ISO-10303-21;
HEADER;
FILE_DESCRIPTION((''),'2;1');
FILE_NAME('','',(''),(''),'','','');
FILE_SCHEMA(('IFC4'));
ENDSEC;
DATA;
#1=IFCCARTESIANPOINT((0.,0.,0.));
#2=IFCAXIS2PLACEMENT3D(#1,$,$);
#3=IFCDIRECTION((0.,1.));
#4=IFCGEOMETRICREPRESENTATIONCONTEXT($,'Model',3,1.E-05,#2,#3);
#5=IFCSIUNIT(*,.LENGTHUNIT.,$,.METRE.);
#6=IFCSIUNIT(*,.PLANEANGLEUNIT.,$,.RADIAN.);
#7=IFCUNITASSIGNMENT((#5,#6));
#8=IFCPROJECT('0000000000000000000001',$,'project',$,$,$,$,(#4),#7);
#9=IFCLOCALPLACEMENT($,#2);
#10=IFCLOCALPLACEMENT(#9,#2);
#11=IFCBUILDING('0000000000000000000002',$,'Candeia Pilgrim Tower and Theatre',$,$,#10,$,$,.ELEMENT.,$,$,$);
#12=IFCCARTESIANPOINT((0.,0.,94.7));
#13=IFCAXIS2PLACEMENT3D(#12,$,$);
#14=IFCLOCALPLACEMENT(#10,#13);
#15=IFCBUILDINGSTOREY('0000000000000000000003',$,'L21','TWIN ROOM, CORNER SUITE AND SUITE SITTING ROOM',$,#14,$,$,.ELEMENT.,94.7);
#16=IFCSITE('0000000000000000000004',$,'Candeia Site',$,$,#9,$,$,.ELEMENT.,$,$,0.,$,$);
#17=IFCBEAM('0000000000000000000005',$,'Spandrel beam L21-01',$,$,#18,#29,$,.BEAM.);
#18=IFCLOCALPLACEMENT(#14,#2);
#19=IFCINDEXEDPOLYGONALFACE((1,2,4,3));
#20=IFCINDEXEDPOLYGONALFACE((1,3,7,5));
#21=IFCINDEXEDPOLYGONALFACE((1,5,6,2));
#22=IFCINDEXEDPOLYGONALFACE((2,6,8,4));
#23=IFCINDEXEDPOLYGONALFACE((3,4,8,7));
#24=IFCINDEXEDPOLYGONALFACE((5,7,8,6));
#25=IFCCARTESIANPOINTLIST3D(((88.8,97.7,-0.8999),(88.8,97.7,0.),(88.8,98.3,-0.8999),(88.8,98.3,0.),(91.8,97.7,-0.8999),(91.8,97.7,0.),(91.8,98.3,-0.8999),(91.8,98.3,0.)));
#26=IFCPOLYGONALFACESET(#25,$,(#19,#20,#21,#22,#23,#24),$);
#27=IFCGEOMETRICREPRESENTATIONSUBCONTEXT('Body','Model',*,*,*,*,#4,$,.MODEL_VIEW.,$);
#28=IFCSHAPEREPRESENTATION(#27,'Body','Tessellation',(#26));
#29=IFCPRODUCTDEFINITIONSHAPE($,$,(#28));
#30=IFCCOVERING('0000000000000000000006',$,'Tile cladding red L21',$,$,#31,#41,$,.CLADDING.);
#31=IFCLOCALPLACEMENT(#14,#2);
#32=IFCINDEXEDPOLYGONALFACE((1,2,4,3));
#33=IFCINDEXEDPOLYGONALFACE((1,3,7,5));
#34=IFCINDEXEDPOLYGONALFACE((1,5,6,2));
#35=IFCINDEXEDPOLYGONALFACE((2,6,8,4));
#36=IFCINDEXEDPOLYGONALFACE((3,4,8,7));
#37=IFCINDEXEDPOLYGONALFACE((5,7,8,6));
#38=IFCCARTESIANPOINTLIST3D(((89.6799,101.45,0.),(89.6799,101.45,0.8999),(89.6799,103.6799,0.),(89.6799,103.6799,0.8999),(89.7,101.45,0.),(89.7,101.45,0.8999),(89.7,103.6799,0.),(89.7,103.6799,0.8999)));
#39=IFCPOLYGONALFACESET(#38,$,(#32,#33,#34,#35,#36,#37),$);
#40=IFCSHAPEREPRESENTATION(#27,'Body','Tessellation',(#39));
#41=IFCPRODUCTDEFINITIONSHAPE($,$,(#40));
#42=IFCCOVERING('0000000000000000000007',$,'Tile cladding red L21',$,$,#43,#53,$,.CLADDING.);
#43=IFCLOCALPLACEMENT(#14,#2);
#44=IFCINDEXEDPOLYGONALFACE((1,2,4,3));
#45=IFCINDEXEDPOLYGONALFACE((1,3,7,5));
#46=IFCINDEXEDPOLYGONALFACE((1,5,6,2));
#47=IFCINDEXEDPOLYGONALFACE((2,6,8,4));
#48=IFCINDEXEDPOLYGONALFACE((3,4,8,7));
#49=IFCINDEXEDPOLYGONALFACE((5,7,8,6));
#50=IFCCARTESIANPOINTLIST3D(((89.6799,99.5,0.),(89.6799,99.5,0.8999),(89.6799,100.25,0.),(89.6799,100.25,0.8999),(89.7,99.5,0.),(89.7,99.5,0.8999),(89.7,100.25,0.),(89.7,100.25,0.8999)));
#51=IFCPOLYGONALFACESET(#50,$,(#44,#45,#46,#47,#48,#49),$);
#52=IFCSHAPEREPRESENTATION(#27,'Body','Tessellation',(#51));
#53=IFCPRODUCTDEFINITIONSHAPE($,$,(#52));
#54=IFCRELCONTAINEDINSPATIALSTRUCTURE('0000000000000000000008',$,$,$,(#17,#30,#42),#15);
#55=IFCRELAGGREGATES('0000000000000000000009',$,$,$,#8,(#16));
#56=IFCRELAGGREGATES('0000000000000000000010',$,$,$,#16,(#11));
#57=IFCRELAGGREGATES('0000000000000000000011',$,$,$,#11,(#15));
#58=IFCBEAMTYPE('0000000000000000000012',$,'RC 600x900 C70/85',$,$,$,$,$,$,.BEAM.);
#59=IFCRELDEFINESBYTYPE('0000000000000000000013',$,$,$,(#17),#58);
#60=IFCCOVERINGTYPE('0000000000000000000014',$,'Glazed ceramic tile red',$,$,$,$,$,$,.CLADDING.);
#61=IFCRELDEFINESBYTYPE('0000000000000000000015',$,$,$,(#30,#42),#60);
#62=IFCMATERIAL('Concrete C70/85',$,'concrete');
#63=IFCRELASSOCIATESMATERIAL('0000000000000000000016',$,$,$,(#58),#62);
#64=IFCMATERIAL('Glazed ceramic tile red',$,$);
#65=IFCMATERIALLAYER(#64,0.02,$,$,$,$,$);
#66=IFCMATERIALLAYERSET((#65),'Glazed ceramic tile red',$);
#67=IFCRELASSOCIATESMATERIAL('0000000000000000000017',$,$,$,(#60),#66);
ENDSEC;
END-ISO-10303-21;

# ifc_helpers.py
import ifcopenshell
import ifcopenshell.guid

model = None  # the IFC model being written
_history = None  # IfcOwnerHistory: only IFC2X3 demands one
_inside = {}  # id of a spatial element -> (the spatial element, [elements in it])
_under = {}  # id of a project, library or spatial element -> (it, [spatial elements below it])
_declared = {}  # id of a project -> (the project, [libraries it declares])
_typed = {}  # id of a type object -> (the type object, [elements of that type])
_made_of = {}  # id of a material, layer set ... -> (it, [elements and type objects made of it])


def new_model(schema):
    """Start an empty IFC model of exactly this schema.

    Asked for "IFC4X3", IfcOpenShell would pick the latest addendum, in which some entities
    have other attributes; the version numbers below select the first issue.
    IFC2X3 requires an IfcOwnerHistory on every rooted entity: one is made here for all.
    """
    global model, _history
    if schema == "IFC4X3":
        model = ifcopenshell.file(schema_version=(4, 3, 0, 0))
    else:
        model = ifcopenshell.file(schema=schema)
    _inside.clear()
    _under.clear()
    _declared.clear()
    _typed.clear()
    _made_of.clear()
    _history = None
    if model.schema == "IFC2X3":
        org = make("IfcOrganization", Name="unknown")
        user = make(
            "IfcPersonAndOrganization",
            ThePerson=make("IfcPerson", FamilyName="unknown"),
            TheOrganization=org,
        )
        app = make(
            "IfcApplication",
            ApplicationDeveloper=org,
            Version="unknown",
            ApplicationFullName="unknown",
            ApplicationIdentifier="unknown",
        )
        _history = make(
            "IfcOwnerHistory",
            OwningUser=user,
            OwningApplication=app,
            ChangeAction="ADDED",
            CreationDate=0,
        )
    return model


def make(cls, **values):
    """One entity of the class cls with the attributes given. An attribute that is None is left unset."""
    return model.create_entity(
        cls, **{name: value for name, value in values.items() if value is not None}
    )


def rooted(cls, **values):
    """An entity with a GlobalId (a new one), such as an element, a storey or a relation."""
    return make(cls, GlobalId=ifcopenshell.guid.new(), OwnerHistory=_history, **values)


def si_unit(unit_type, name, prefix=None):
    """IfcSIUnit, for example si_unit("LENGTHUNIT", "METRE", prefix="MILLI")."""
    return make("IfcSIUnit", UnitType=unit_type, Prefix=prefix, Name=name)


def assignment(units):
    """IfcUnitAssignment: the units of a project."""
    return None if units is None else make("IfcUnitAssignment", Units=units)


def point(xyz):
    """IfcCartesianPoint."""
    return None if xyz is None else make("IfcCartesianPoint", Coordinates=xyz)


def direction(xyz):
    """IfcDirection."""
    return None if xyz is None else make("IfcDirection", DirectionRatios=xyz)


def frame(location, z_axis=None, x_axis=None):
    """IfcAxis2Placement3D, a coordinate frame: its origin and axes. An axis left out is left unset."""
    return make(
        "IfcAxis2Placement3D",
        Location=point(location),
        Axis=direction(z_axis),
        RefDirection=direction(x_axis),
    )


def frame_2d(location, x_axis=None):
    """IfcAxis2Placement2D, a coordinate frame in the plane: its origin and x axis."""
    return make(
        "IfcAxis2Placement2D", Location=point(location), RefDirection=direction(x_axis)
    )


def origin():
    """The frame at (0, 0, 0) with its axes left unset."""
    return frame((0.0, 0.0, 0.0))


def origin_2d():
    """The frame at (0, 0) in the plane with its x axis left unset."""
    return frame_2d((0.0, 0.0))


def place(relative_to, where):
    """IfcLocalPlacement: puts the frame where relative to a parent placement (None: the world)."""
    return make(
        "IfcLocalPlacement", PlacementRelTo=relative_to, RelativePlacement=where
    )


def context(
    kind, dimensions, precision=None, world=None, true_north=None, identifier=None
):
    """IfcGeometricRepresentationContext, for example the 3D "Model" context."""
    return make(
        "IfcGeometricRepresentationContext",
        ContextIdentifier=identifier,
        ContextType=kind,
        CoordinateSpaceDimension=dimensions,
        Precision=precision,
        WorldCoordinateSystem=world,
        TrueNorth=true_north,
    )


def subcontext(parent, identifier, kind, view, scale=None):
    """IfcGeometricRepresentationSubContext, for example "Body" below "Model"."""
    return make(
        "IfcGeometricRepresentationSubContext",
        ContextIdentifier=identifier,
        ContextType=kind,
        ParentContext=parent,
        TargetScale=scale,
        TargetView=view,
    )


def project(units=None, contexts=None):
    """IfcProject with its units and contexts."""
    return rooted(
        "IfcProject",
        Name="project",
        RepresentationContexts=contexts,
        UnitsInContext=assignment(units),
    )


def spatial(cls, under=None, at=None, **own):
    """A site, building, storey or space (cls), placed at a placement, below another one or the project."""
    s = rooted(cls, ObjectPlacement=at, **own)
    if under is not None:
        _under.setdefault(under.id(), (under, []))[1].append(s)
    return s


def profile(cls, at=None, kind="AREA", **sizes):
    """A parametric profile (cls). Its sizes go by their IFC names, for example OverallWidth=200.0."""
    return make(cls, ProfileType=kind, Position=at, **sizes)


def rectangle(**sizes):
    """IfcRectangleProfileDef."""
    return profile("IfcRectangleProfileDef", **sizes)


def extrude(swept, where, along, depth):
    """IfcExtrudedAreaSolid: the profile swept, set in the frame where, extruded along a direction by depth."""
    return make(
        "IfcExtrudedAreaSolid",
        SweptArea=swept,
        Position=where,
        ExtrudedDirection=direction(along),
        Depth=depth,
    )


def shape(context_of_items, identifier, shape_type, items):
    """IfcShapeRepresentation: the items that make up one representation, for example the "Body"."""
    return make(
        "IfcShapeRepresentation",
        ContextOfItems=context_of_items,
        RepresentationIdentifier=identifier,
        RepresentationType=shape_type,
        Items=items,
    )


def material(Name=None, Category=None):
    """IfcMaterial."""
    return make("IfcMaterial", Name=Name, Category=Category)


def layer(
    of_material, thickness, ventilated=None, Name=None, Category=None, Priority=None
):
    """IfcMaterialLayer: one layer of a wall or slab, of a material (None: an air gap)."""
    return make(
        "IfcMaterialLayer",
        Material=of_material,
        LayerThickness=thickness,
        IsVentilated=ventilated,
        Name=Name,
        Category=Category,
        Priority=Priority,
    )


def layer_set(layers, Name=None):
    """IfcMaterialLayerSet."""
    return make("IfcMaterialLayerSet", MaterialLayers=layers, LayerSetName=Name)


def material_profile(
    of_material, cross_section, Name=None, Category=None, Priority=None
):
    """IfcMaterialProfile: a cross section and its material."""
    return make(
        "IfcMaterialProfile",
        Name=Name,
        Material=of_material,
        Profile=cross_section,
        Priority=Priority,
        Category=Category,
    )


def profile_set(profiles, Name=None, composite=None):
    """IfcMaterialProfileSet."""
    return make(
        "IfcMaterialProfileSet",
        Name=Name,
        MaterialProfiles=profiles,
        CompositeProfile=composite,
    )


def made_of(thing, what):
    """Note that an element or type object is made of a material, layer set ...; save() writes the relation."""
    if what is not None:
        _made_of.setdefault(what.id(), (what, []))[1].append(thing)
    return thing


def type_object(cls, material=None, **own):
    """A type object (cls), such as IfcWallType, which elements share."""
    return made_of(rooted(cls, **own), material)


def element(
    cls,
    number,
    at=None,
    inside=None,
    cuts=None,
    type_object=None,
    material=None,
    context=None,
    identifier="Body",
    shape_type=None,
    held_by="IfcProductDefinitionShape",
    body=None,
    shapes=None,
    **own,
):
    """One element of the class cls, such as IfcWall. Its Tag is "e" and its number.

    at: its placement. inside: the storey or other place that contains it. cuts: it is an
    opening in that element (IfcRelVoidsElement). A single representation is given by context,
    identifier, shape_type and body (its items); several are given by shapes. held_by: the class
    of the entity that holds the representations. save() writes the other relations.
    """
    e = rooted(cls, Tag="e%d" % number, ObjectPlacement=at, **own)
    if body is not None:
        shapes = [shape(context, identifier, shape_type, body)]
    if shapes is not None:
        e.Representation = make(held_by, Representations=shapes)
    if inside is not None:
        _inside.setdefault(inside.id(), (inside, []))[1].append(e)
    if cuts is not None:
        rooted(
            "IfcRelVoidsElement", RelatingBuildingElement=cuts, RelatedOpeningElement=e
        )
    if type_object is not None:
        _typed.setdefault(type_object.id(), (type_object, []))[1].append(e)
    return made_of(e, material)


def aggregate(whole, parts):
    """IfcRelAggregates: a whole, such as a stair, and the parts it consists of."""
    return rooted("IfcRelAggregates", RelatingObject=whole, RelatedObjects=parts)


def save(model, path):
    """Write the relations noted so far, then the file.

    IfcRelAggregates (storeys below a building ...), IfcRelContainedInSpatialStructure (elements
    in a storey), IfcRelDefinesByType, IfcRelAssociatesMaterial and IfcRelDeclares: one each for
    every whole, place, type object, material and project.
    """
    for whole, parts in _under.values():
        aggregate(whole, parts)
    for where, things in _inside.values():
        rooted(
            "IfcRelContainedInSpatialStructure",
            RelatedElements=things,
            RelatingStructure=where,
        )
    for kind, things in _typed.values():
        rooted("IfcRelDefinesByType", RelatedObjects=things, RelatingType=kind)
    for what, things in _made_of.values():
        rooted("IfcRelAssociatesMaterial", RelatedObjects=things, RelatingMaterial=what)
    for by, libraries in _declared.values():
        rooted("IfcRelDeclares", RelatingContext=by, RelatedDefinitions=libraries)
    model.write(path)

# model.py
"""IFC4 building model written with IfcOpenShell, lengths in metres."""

from ifc_helpers import new_model, si_unit, direction, frame, origin, origin_2d, place, context, subcontext, project, spatial, rectangle, extrude, material, layer, layer_set, material_profile, profile_set, type_object, element, save


model = new_model("IFC4")

# Units and contexts
model_context = context("Model", 3, precision=1e-05, world=origin(), true_north=direction((0.0, 1.0)))
body_context = subcontext(model_context, "Body", "Model", "MODEL_VIEW")
ifc_project = project(units=[si_unit("LENGTHUNIT", "METRE"), si_unit("PLANEANGLEUNIT", "RADIAN")], contexts=[model_context])

# Site, building, storey
site_placement = place(None, origin())
site = spatial("IfcSite", under=ifc_project, at=site_placement, Name="Candeia Site", CompositionType="ELEMENT", RefElevation=0.0)
building_placement = place(site_placement, origin())
building = spatial("IfcBuilding", under=site, at=building_placement, Name="Candeia Pilgrim Tower and Theatre", CompositionType="ELEMENT")
storey_placement = place(building_placement, frame((0.0, 0.0, 94.7)))
storey = spatial("IfcBuildingStorey", under=building, at=storey_placement, Name="L21", Description="TWIN ROOM, CORNER SUITE AND SUITE SITTING ROOM", CompositionType="ELEMENT", Elevation=94.7)

# Beam
ifc_material_1 = material(Name="Concrete C70/85", Category="concrete")
ifc_material_profile = material_profile(ifc_material_1, rectangle(XDim=0.6001, YDim=0.8999, at=origin_2d()))
ifc_profile_set = profile_set([ifc_material_profile], Name="Concrete C70/85")
beam_type = type_object("IfcBeamType", Name="RC 600x900 C70/85", PredefinedType="BEAM", material=ifc_profile_set)
beam_placement = place(storey_placement, frame((88.8, 98.0, -0.45), z_axis=(1.0, 0.0, 0.0), x_axis=(0.0, 1.0, 0.0)))
element("IfcBeam", 1, at=beam_placement, inside=storey, type_object=beam_type, Name="Spandrel beam L21-01", PredefinedType="BEAM", context=body_context, shape_type="SweptSolid", body=[
    extrude(rectangle(XDim=0.6001, YDim=0.8999, at=origin_2d()), origin(), (0.0, 0.0, 1.0), 3.0),
])

# Coverings
ifc_material_2 = material(Name="Glazed ceramic tile red")
ifc_layer_1 = layer(ifc_material_2, 0.02)
ifc_layer_set_1 = layer_set([ifc_layer_1], Name="Glazed ceramic tile red")
covering_type = type_object("IfcCoveringType", Name="Glazed ceramic tile red", PredefinedType="CLADDING", material=ifc_layer_set_1)
covering_1_placement = place(storey_placement, frame((89.6899, 102.5649, 0.0), z_axis=(0.0, 0.0, 1.0), x_axis=(0.0, -1.0, 0.0)))
element("IfcCovering", 2, at=covering_1_placement, inside=storey, type_object=covering_type, Name="Tile cladding red L21", PredefinedType="CLADDING", context=body_context, shape_type="SweptSolid", body=[
    extrude(rectangle(XDim=2.23, YDim=0.02, at=origin_2d()), origin(), (0.0, 0.0, 1.0), 0.8999),
])
covering_2_placement = place(storey_placement, frame((89.6899, 99.875, 0.0), z_axis=(0.0, 0.0, 1.0), x_axis=(0.0, -1.0, 0.0)))
element("IfcCovering", 3, at=covering_2_placement, inside=storey, type_object=covering_type, Name="Tile cladding red L21", PredefinedType="CLADDING", context=body_context, shape_type="SweptSolid", body=[
    extrude(rectangle(XDim=0.75, YDim=0.02, at=origin_2d()), origin(), (0.0, 0.0, 1.0), 0.8999),
])

save(model, "model.ifc")
